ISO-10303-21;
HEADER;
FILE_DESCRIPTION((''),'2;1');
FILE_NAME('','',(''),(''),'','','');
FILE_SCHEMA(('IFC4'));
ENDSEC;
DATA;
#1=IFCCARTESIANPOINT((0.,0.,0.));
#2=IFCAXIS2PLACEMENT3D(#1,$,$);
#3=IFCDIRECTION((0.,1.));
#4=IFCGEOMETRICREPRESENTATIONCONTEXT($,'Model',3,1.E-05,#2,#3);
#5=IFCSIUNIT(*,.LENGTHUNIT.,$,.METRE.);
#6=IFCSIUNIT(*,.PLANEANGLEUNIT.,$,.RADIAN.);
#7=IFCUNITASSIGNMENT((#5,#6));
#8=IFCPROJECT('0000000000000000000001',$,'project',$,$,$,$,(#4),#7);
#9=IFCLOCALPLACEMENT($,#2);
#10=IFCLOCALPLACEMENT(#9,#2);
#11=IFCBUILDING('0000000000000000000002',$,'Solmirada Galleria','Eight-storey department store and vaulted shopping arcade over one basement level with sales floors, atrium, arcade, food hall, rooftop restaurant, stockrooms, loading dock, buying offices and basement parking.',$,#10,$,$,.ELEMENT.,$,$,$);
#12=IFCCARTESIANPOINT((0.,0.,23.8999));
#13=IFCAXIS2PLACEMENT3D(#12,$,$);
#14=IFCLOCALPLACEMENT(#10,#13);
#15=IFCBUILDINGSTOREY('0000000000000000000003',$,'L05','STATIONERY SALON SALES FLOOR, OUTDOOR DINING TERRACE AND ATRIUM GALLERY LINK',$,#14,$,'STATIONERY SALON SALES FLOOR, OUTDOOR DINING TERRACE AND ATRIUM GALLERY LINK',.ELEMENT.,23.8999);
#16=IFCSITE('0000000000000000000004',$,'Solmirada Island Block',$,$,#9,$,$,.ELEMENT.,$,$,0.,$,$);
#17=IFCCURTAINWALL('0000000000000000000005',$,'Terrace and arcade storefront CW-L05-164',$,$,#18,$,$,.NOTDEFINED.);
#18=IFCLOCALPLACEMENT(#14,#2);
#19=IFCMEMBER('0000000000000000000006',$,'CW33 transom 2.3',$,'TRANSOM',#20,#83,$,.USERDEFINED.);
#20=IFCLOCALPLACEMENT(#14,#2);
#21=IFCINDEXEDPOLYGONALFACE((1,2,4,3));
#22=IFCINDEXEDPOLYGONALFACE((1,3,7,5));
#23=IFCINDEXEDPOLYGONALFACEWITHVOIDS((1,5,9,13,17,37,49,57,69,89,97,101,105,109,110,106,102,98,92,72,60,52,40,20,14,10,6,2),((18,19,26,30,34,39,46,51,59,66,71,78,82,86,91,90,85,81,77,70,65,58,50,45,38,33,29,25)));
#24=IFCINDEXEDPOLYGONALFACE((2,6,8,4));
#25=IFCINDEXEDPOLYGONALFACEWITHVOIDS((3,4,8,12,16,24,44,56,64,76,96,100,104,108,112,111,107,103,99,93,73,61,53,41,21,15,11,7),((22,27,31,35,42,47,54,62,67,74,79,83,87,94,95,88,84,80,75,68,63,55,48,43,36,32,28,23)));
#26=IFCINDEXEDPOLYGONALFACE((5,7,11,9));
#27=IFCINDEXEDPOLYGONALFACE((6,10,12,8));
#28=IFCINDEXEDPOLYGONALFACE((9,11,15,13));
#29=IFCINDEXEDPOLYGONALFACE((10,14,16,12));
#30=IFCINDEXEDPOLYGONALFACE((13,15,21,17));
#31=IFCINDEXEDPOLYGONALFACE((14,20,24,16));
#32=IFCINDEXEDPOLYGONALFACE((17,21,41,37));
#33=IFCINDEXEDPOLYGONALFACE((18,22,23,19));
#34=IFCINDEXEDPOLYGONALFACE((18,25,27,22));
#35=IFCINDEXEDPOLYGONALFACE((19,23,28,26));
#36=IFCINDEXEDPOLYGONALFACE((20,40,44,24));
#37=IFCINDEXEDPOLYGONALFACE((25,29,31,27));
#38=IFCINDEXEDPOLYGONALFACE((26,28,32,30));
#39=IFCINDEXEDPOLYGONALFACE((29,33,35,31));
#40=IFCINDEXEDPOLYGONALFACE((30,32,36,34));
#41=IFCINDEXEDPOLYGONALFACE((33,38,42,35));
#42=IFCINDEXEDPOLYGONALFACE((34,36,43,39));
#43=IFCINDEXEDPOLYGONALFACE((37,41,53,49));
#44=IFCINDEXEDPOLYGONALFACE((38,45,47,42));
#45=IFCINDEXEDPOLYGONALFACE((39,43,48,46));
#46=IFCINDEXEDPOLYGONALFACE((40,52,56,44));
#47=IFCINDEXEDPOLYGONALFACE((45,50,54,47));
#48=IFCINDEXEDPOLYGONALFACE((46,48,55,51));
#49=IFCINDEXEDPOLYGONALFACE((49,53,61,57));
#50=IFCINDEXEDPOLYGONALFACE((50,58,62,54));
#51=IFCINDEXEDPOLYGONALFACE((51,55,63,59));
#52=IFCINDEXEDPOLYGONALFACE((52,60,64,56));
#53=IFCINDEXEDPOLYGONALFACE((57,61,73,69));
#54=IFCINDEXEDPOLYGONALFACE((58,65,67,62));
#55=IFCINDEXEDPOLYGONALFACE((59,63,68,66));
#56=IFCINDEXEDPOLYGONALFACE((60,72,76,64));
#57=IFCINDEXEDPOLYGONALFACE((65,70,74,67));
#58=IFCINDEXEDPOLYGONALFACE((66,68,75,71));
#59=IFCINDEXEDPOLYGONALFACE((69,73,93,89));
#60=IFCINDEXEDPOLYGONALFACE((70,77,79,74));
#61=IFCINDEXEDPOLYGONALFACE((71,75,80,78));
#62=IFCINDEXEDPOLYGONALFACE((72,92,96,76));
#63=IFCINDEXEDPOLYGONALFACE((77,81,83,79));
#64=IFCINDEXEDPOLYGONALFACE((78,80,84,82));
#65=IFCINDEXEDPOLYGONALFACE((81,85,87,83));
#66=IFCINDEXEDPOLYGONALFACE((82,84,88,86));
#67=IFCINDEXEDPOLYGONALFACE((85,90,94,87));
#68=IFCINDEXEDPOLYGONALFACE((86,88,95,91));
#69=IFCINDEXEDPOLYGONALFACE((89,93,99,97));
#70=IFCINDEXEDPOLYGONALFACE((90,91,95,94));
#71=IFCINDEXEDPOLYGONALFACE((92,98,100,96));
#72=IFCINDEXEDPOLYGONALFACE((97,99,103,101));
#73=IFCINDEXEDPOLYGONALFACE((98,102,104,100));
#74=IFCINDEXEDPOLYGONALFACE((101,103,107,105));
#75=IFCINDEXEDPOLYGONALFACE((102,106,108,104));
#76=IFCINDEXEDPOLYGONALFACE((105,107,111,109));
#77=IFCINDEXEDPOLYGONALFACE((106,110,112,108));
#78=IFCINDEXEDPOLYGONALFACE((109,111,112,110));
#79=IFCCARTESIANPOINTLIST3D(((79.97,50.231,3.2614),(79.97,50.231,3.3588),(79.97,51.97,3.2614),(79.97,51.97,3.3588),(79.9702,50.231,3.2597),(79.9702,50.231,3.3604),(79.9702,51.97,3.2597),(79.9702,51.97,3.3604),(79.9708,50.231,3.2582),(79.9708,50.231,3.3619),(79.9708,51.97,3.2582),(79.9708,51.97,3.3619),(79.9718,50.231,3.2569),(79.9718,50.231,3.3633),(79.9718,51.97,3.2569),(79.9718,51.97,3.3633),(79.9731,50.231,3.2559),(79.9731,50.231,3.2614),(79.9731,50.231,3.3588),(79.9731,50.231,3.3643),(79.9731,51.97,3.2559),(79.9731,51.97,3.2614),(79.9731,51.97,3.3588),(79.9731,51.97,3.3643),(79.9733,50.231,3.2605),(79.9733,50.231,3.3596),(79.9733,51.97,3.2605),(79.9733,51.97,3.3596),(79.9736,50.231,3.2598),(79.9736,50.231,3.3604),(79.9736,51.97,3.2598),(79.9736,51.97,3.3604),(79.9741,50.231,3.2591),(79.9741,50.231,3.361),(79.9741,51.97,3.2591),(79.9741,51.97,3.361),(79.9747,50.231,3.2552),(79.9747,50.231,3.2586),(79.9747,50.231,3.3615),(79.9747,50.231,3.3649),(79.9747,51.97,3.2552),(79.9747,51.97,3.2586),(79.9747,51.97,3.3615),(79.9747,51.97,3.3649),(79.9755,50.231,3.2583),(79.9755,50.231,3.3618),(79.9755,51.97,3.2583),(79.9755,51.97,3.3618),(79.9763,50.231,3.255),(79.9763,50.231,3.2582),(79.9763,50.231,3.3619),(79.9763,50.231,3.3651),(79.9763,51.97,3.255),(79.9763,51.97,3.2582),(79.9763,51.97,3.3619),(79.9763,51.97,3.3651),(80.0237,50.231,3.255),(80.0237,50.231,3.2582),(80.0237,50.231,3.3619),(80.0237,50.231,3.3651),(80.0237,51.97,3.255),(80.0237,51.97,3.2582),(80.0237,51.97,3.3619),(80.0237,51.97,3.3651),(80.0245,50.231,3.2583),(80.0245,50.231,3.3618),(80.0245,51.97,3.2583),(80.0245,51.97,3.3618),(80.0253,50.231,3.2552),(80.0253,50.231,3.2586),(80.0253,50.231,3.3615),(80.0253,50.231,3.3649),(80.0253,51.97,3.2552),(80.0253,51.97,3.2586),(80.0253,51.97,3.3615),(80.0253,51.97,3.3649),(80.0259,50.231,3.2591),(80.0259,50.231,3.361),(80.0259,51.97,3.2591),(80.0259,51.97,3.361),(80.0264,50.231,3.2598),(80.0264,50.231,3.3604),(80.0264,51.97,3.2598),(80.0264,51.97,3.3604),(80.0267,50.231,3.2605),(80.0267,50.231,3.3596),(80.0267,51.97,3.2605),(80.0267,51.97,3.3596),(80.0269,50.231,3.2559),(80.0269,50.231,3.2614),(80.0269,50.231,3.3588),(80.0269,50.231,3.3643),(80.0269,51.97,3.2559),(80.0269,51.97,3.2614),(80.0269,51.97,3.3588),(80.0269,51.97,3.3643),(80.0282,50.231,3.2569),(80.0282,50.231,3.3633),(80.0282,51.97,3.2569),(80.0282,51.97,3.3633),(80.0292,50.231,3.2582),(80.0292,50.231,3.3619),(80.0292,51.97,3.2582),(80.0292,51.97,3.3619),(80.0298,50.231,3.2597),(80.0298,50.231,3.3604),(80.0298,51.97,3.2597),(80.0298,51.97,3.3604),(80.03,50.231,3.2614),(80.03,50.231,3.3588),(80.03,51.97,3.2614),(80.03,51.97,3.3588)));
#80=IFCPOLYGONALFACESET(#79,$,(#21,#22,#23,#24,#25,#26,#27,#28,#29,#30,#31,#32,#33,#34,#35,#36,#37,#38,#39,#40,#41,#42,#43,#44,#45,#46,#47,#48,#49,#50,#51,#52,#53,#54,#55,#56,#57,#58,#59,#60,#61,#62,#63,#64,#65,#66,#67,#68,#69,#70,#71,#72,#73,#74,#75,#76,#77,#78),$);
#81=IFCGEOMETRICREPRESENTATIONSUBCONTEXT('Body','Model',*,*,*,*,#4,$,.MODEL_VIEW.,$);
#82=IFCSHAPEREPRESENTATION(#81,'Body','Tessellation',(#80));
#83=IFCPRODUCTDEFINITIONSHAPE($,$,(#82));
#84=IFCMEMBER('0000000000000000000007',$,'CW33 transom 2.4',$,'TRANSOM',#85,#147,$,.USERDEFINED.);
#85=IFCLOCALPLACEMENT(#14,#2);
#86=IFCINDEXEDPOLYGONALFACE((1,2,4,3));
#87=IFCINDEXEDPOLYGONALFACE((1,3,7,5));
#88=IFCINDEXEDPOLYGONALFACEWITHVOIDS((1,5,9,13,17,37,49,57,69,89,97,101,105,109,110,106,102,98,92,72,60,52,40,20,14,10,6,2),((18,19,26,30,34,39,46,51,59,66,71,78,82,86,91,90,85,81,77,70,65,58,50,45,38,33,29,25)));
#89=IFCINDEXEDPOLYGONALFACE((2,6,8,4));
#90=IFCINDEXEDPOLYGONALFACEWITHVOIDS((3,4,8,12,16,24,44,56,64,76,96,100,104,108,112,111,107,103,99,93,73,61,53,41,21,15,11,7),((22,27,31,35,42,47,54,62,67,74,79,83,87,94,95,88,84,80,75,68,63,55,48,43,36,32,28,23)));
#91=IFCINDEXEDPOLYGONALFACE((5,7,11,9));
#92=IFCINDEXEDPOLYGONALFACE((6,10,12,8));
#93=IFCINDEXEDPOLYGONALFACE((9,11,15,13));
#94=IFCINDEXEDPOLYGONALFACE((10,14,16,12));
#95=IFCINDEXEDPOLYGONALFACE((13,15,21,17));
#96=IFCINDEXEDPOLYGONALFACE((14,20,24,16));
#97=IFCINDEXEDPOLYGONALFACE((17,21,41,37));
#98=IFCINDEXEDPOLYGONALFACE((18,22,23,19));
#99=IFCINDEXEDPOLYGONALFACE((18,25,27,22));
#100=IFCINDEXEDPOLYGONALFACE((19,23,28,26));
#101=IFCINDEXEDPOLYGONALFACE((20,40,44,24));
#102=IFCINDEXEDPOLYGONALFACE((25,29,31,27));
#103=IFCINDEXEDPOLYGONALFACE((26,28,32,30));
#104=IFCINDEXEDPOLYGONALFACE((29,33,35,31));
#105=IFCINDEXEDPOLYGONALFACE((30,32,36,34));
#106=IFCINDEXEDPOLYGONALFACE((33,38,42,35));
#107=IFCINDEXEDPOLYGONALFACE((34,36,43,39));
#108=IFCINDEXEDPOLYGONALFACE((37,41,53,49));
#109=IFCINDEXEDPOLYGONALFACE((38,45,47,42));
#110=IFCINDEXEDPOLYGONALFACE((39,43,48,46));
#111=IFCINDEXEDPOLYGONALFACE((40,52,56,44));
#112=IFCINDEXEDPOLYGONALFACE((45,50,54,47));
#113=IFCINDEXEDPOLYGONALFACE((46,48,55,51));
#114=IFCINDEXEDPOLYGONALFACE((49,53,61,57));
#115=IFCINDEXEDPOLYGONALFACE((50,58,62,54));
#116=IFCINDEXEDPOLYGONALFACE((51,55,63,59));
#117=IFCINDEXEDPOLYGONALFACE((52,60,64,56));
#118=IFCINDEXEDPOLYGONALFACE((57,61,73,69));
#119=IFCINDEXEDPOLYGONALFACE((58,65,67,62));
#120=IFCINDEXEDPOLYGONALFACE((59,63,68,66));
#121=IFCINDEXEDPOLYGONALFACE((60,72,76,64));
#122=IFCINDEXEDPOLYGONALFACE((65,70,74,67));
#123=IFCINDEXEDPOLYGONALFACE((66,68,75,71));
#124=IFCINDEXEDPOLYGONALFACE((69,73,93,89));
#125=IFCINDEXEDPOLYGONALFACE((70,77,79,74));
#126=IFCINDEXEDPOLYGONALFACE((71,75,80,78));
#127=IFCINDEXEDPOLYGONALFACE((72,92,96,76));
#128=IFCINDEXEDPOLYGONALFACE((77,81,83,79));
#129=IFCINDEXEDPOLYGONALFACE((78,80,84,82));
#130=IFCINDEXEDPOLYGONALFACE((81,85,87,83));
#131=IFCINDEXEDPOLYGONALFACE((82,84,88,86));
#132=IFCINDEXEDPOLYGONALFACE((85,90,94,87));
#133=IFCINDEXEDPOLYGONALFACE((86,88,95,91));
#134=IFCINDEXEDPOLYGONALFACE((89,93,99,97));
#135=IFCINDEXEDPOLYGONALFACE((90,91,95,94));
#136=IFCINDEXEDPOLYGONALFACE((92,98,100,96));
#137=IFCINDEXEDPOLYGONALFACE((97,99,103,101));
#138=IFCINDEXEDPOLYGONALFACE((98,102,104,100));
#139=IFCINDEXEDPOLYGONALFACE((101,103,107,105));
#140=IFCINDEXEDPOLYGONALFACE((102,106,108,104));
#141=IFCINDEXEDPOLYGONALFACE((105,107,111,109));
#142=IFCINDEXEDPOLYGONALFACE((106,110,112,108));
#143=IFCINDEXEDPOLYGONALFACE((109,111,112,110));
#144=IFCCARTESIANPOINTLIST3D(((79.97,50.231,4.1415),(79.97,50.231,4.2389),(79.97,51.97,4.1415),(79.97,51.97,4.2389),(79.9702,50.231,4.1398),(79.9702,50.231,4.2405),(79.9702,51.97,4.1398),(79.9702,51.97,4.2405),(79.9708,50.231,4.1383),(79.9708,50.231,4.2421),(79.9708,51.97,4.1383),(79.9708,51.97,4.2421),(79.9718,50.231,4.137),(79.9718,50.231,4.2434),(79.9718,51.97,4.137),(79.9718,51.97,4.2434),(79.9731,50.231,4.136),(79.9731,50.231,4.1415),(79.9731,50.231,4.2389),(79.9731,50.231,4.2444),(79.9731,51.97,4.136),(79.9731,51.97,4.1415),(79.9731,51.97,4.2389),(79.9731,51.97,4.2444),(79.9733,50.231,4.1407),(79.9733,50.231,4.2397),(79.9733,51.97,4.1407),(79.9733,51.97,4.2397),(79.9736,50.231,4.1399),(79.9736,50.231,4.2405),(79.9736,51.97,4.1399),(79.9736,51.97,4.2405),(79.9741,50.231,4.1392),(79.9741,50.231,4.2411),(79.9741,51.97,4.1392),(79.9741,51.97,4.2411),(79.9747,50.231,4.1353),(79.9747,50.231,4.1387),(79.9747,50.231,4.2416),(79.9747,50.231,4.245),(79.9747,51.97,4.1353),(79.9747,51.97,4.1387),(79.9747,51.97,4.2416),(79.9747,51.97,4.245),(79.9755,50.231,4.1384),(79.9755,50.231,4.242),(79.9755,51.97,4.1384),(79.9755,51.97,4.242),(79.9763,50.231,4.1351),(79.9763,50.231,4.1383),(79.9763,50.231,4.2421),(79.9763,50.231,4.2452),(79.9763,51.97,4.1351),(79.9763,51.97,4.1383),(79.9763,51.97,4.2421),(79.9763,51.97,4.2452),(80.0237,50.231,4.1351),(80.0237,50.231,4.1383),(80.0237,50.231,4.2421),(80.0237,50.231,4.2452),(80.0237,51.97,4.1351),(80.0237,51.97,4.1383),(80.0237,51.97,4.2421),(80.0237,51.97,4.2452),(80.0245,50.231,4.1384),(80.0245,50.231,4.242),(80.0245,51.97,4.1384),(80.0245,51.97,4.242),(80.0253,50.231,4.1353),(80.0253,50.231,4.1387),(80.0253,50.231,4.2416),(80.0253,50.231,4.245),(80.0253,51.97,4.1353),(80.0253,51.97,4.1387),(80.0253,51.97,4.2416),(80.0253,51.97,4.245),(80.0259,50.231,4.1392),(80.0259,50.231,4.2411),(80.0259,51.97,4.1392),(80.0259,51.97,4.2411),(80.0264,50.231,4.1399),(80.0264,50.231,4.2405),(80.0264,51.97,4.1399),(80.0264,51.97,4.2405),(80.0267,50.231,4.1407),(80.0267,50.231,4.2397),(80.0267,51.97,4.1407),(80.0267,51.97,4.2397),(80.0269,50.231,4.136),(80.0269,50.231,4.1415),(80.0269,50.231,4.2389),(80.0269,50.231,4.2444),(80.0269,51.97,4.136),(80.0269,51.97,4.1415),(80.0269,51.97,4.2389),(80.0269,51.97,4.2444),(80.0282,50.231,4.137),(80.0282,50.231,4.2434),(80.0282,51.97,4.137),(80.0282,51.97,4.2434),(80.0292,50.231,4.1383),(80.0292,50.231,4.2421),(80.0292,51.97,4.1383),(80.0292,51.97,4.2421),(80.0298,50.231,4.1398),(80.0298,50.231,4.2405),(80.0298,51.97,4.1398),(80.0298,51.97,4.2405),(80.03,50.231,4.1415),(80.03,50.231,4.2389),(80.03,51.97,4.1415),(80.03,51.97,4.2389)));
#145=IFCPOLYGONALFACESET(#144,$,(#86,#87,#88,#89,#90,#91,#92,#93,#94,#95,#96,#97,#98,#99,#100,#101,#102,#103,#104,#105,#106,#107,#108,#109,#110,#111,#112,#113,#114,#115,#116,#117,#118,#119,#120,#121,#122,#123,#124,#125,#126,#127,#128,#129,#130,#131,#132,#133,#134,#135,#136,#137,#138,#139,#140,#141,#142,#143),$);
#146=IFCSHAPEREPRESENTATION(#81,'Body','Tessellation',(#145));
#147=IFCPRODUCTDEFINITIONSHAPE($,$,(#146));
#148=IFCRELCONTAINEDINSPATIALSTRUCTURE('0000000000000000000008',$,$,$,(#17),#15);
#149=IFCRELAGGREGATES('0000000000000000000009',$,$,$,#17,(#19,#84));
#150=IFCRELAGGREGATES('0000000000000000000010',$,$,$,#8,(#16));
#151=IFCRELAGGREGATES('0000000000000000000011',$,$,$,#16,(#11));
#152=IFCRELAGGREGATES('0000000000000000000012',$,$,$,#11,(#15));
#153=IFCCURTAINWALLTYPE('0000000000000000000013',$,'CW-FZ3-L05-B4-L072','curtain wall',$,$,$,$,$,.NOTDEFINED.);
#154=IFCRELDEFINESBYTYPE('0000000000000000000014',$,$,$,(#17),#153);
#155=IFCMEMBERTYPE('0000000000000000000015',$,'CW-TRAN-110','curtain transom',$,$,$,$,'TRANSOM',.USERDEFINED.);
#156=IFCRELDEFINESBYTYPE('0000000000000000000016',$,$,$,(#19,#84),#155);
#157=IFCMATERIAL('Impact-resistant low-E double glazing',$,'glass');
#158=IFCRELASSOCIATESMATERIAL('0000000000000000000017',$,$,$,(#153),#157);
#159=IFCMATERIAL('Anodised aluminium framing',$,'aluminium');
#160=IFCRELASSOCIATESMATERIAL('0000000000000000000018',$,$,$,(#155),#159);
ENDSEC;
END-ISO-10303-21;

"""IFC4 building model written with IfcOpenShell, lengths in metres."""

from ifc_helpers import new_model, si_unit, direction, frame, origin, origin_2d, place, context, subcontext, project, spatial, hollow_rectangle, extrude, material, material_profile, profile_set, type_object, element, aggregate, save


model = new_model("IFC4")

# Units and contexts
model_context = context("Model", 3, precision=1e-05, world=origin(), true_north=direction((0.0, 1.0)))
body_context = subcontext(model_context, "Body", "Model", "MODEL_VIEW")
ifc_project = project(units=[si_unit("LENGTHUNIT", "METRE"), si_unit("PLANEANGLEUNIT", "RADIAN")], contexts=[model_context])

# Site, building, storey
site_placement = place(None, origin())
site = spatial("IfcSite", under=ifc_project, at=site_placement, Name="Solmirada Island Block", CompositionType="ELEMENT", RefElevation=0.0)
building_placement = place(site_placement, origin())
building = spatial("IfcBuilding", under=site, at=building_placement, Name="Solmirada Galleria", Description="Eight-storey department store and vaulted shopping arcade over one basement level with sales floors, atrium, arcade, food hall, rooftop restaurant, stockrooms, loading dock, buying offices and basement parking.", CompositionType="ELEMENT")
storey_placement = place(building_placement, frame((0.0, 0.0, 23.8999)))
storey = spatial("IfcBuildingStorey", under=building, at=storey_placement, Name="L05", Description="STATIONERY SALON SALES FLOOR, OUTDOOR DINING TERRACE AND ATRIUM GALLERY LINK", LongName="STATIONERY SALON SALES FLOOR, OUTDOOR DINING TERRACE AND ATRIUM GALLERY LINK", CompositionType="ELEMENT", Elevation=23.8999)

# Curtain wall, members
ifc_material_1 = material(Name="Impact-resistant low-E double glazing", Category="glass")
curtain_wall_type = type_object("IfcCurtainWallType", Name="CW-FZ3-L05-B4-L072", Description="curtain wall", PredefinedType="NOTDEFINED", material=ifc_material_1)
curtain_wall_placement = place(storey_placement, origin())
curtain_wall = element("IfcCurtainWall", 1, at=curtain_wall_placement, inside=storey, type_object=curtain_wall_type, Name="Terrace and arcade storefront CW-L05-164", PredefinedType="NOTDEFINED")
ifc_material_2 = material(Name="Anodised aluminium framing", Category="aluminium")
ifc_material_profile_1 = material_profile(ifc_material_2, hollow_rectangle(XDim=0.0601, YDim=0.1101, WallThickness=0.0032, InnerFilletRadius=0.0032, OuterFilletRadius=0.0063, at=origin_2d()), Name="ALU-TRAN-110X60")
ifc_profile_set_1 = profile_set([ifc_material_profile_1], Name="Anodised aluminium framing")
member_type_1 = type_object("IfcMemberType", Name="CW-TRAN-110", Description="curtain transom", ElementType="TRANSOM", PredefinedType="USERDEFINED", material=ifc_profile_set_1)
member_1_placement = place(storey_placement, frame((80.0, 50.231, 3.3101), z_axis=(0.0, 1.0, 0.0), x_axis=(-1.0, 0.0, 0.0)))
member_1 = element("IfcMember", 2, at=member_1_placement, type_object=member_type_1, Name="CW33 transom 2.3", ObjectType="TRANSOM", PredefinedType="USERDEFINED", context=body_context, shape_type="SweptSolid", body=[
    extrude(hollow_rectangle(XDim=0.0601, YDim=0.1101, WallThickness=0.0032, InnerFilletRadius=0.0032, OuterFilletRadius=0.0063, at=origin_2d()), origin(), (0.0, 0.0, 1.0), 1.739),
])
member_2_placement = place(storey_placement, frame((80.0, 50.231, 4.1902), z_axis=(0.0, 1.0, 0.0), x_axis=(-1.0, 0.0, 0.0)))
member_2 = element("IfcMember", 3, at=member_2_placement, type_object=member_type_1, Name="CW33 transom 2.4", ObjectType="TRANSOM", PredefinedType="USERDEFINED", context=body_context, shape_type="SweptSolid", body=[
    extrude(hollow_rectangle(XDim=0.0601, YDim=0.1101, WallThickness=0.0032, InnerFilletRadius=0.0032, OuterFilletRadius=0.0063, at=origin_2d()), origin(), (0.0, 0.0, 1.0), 1.739),
])
aggregate(curtain_wall, [member_1, member_2])

save(model, "model.ifc")
